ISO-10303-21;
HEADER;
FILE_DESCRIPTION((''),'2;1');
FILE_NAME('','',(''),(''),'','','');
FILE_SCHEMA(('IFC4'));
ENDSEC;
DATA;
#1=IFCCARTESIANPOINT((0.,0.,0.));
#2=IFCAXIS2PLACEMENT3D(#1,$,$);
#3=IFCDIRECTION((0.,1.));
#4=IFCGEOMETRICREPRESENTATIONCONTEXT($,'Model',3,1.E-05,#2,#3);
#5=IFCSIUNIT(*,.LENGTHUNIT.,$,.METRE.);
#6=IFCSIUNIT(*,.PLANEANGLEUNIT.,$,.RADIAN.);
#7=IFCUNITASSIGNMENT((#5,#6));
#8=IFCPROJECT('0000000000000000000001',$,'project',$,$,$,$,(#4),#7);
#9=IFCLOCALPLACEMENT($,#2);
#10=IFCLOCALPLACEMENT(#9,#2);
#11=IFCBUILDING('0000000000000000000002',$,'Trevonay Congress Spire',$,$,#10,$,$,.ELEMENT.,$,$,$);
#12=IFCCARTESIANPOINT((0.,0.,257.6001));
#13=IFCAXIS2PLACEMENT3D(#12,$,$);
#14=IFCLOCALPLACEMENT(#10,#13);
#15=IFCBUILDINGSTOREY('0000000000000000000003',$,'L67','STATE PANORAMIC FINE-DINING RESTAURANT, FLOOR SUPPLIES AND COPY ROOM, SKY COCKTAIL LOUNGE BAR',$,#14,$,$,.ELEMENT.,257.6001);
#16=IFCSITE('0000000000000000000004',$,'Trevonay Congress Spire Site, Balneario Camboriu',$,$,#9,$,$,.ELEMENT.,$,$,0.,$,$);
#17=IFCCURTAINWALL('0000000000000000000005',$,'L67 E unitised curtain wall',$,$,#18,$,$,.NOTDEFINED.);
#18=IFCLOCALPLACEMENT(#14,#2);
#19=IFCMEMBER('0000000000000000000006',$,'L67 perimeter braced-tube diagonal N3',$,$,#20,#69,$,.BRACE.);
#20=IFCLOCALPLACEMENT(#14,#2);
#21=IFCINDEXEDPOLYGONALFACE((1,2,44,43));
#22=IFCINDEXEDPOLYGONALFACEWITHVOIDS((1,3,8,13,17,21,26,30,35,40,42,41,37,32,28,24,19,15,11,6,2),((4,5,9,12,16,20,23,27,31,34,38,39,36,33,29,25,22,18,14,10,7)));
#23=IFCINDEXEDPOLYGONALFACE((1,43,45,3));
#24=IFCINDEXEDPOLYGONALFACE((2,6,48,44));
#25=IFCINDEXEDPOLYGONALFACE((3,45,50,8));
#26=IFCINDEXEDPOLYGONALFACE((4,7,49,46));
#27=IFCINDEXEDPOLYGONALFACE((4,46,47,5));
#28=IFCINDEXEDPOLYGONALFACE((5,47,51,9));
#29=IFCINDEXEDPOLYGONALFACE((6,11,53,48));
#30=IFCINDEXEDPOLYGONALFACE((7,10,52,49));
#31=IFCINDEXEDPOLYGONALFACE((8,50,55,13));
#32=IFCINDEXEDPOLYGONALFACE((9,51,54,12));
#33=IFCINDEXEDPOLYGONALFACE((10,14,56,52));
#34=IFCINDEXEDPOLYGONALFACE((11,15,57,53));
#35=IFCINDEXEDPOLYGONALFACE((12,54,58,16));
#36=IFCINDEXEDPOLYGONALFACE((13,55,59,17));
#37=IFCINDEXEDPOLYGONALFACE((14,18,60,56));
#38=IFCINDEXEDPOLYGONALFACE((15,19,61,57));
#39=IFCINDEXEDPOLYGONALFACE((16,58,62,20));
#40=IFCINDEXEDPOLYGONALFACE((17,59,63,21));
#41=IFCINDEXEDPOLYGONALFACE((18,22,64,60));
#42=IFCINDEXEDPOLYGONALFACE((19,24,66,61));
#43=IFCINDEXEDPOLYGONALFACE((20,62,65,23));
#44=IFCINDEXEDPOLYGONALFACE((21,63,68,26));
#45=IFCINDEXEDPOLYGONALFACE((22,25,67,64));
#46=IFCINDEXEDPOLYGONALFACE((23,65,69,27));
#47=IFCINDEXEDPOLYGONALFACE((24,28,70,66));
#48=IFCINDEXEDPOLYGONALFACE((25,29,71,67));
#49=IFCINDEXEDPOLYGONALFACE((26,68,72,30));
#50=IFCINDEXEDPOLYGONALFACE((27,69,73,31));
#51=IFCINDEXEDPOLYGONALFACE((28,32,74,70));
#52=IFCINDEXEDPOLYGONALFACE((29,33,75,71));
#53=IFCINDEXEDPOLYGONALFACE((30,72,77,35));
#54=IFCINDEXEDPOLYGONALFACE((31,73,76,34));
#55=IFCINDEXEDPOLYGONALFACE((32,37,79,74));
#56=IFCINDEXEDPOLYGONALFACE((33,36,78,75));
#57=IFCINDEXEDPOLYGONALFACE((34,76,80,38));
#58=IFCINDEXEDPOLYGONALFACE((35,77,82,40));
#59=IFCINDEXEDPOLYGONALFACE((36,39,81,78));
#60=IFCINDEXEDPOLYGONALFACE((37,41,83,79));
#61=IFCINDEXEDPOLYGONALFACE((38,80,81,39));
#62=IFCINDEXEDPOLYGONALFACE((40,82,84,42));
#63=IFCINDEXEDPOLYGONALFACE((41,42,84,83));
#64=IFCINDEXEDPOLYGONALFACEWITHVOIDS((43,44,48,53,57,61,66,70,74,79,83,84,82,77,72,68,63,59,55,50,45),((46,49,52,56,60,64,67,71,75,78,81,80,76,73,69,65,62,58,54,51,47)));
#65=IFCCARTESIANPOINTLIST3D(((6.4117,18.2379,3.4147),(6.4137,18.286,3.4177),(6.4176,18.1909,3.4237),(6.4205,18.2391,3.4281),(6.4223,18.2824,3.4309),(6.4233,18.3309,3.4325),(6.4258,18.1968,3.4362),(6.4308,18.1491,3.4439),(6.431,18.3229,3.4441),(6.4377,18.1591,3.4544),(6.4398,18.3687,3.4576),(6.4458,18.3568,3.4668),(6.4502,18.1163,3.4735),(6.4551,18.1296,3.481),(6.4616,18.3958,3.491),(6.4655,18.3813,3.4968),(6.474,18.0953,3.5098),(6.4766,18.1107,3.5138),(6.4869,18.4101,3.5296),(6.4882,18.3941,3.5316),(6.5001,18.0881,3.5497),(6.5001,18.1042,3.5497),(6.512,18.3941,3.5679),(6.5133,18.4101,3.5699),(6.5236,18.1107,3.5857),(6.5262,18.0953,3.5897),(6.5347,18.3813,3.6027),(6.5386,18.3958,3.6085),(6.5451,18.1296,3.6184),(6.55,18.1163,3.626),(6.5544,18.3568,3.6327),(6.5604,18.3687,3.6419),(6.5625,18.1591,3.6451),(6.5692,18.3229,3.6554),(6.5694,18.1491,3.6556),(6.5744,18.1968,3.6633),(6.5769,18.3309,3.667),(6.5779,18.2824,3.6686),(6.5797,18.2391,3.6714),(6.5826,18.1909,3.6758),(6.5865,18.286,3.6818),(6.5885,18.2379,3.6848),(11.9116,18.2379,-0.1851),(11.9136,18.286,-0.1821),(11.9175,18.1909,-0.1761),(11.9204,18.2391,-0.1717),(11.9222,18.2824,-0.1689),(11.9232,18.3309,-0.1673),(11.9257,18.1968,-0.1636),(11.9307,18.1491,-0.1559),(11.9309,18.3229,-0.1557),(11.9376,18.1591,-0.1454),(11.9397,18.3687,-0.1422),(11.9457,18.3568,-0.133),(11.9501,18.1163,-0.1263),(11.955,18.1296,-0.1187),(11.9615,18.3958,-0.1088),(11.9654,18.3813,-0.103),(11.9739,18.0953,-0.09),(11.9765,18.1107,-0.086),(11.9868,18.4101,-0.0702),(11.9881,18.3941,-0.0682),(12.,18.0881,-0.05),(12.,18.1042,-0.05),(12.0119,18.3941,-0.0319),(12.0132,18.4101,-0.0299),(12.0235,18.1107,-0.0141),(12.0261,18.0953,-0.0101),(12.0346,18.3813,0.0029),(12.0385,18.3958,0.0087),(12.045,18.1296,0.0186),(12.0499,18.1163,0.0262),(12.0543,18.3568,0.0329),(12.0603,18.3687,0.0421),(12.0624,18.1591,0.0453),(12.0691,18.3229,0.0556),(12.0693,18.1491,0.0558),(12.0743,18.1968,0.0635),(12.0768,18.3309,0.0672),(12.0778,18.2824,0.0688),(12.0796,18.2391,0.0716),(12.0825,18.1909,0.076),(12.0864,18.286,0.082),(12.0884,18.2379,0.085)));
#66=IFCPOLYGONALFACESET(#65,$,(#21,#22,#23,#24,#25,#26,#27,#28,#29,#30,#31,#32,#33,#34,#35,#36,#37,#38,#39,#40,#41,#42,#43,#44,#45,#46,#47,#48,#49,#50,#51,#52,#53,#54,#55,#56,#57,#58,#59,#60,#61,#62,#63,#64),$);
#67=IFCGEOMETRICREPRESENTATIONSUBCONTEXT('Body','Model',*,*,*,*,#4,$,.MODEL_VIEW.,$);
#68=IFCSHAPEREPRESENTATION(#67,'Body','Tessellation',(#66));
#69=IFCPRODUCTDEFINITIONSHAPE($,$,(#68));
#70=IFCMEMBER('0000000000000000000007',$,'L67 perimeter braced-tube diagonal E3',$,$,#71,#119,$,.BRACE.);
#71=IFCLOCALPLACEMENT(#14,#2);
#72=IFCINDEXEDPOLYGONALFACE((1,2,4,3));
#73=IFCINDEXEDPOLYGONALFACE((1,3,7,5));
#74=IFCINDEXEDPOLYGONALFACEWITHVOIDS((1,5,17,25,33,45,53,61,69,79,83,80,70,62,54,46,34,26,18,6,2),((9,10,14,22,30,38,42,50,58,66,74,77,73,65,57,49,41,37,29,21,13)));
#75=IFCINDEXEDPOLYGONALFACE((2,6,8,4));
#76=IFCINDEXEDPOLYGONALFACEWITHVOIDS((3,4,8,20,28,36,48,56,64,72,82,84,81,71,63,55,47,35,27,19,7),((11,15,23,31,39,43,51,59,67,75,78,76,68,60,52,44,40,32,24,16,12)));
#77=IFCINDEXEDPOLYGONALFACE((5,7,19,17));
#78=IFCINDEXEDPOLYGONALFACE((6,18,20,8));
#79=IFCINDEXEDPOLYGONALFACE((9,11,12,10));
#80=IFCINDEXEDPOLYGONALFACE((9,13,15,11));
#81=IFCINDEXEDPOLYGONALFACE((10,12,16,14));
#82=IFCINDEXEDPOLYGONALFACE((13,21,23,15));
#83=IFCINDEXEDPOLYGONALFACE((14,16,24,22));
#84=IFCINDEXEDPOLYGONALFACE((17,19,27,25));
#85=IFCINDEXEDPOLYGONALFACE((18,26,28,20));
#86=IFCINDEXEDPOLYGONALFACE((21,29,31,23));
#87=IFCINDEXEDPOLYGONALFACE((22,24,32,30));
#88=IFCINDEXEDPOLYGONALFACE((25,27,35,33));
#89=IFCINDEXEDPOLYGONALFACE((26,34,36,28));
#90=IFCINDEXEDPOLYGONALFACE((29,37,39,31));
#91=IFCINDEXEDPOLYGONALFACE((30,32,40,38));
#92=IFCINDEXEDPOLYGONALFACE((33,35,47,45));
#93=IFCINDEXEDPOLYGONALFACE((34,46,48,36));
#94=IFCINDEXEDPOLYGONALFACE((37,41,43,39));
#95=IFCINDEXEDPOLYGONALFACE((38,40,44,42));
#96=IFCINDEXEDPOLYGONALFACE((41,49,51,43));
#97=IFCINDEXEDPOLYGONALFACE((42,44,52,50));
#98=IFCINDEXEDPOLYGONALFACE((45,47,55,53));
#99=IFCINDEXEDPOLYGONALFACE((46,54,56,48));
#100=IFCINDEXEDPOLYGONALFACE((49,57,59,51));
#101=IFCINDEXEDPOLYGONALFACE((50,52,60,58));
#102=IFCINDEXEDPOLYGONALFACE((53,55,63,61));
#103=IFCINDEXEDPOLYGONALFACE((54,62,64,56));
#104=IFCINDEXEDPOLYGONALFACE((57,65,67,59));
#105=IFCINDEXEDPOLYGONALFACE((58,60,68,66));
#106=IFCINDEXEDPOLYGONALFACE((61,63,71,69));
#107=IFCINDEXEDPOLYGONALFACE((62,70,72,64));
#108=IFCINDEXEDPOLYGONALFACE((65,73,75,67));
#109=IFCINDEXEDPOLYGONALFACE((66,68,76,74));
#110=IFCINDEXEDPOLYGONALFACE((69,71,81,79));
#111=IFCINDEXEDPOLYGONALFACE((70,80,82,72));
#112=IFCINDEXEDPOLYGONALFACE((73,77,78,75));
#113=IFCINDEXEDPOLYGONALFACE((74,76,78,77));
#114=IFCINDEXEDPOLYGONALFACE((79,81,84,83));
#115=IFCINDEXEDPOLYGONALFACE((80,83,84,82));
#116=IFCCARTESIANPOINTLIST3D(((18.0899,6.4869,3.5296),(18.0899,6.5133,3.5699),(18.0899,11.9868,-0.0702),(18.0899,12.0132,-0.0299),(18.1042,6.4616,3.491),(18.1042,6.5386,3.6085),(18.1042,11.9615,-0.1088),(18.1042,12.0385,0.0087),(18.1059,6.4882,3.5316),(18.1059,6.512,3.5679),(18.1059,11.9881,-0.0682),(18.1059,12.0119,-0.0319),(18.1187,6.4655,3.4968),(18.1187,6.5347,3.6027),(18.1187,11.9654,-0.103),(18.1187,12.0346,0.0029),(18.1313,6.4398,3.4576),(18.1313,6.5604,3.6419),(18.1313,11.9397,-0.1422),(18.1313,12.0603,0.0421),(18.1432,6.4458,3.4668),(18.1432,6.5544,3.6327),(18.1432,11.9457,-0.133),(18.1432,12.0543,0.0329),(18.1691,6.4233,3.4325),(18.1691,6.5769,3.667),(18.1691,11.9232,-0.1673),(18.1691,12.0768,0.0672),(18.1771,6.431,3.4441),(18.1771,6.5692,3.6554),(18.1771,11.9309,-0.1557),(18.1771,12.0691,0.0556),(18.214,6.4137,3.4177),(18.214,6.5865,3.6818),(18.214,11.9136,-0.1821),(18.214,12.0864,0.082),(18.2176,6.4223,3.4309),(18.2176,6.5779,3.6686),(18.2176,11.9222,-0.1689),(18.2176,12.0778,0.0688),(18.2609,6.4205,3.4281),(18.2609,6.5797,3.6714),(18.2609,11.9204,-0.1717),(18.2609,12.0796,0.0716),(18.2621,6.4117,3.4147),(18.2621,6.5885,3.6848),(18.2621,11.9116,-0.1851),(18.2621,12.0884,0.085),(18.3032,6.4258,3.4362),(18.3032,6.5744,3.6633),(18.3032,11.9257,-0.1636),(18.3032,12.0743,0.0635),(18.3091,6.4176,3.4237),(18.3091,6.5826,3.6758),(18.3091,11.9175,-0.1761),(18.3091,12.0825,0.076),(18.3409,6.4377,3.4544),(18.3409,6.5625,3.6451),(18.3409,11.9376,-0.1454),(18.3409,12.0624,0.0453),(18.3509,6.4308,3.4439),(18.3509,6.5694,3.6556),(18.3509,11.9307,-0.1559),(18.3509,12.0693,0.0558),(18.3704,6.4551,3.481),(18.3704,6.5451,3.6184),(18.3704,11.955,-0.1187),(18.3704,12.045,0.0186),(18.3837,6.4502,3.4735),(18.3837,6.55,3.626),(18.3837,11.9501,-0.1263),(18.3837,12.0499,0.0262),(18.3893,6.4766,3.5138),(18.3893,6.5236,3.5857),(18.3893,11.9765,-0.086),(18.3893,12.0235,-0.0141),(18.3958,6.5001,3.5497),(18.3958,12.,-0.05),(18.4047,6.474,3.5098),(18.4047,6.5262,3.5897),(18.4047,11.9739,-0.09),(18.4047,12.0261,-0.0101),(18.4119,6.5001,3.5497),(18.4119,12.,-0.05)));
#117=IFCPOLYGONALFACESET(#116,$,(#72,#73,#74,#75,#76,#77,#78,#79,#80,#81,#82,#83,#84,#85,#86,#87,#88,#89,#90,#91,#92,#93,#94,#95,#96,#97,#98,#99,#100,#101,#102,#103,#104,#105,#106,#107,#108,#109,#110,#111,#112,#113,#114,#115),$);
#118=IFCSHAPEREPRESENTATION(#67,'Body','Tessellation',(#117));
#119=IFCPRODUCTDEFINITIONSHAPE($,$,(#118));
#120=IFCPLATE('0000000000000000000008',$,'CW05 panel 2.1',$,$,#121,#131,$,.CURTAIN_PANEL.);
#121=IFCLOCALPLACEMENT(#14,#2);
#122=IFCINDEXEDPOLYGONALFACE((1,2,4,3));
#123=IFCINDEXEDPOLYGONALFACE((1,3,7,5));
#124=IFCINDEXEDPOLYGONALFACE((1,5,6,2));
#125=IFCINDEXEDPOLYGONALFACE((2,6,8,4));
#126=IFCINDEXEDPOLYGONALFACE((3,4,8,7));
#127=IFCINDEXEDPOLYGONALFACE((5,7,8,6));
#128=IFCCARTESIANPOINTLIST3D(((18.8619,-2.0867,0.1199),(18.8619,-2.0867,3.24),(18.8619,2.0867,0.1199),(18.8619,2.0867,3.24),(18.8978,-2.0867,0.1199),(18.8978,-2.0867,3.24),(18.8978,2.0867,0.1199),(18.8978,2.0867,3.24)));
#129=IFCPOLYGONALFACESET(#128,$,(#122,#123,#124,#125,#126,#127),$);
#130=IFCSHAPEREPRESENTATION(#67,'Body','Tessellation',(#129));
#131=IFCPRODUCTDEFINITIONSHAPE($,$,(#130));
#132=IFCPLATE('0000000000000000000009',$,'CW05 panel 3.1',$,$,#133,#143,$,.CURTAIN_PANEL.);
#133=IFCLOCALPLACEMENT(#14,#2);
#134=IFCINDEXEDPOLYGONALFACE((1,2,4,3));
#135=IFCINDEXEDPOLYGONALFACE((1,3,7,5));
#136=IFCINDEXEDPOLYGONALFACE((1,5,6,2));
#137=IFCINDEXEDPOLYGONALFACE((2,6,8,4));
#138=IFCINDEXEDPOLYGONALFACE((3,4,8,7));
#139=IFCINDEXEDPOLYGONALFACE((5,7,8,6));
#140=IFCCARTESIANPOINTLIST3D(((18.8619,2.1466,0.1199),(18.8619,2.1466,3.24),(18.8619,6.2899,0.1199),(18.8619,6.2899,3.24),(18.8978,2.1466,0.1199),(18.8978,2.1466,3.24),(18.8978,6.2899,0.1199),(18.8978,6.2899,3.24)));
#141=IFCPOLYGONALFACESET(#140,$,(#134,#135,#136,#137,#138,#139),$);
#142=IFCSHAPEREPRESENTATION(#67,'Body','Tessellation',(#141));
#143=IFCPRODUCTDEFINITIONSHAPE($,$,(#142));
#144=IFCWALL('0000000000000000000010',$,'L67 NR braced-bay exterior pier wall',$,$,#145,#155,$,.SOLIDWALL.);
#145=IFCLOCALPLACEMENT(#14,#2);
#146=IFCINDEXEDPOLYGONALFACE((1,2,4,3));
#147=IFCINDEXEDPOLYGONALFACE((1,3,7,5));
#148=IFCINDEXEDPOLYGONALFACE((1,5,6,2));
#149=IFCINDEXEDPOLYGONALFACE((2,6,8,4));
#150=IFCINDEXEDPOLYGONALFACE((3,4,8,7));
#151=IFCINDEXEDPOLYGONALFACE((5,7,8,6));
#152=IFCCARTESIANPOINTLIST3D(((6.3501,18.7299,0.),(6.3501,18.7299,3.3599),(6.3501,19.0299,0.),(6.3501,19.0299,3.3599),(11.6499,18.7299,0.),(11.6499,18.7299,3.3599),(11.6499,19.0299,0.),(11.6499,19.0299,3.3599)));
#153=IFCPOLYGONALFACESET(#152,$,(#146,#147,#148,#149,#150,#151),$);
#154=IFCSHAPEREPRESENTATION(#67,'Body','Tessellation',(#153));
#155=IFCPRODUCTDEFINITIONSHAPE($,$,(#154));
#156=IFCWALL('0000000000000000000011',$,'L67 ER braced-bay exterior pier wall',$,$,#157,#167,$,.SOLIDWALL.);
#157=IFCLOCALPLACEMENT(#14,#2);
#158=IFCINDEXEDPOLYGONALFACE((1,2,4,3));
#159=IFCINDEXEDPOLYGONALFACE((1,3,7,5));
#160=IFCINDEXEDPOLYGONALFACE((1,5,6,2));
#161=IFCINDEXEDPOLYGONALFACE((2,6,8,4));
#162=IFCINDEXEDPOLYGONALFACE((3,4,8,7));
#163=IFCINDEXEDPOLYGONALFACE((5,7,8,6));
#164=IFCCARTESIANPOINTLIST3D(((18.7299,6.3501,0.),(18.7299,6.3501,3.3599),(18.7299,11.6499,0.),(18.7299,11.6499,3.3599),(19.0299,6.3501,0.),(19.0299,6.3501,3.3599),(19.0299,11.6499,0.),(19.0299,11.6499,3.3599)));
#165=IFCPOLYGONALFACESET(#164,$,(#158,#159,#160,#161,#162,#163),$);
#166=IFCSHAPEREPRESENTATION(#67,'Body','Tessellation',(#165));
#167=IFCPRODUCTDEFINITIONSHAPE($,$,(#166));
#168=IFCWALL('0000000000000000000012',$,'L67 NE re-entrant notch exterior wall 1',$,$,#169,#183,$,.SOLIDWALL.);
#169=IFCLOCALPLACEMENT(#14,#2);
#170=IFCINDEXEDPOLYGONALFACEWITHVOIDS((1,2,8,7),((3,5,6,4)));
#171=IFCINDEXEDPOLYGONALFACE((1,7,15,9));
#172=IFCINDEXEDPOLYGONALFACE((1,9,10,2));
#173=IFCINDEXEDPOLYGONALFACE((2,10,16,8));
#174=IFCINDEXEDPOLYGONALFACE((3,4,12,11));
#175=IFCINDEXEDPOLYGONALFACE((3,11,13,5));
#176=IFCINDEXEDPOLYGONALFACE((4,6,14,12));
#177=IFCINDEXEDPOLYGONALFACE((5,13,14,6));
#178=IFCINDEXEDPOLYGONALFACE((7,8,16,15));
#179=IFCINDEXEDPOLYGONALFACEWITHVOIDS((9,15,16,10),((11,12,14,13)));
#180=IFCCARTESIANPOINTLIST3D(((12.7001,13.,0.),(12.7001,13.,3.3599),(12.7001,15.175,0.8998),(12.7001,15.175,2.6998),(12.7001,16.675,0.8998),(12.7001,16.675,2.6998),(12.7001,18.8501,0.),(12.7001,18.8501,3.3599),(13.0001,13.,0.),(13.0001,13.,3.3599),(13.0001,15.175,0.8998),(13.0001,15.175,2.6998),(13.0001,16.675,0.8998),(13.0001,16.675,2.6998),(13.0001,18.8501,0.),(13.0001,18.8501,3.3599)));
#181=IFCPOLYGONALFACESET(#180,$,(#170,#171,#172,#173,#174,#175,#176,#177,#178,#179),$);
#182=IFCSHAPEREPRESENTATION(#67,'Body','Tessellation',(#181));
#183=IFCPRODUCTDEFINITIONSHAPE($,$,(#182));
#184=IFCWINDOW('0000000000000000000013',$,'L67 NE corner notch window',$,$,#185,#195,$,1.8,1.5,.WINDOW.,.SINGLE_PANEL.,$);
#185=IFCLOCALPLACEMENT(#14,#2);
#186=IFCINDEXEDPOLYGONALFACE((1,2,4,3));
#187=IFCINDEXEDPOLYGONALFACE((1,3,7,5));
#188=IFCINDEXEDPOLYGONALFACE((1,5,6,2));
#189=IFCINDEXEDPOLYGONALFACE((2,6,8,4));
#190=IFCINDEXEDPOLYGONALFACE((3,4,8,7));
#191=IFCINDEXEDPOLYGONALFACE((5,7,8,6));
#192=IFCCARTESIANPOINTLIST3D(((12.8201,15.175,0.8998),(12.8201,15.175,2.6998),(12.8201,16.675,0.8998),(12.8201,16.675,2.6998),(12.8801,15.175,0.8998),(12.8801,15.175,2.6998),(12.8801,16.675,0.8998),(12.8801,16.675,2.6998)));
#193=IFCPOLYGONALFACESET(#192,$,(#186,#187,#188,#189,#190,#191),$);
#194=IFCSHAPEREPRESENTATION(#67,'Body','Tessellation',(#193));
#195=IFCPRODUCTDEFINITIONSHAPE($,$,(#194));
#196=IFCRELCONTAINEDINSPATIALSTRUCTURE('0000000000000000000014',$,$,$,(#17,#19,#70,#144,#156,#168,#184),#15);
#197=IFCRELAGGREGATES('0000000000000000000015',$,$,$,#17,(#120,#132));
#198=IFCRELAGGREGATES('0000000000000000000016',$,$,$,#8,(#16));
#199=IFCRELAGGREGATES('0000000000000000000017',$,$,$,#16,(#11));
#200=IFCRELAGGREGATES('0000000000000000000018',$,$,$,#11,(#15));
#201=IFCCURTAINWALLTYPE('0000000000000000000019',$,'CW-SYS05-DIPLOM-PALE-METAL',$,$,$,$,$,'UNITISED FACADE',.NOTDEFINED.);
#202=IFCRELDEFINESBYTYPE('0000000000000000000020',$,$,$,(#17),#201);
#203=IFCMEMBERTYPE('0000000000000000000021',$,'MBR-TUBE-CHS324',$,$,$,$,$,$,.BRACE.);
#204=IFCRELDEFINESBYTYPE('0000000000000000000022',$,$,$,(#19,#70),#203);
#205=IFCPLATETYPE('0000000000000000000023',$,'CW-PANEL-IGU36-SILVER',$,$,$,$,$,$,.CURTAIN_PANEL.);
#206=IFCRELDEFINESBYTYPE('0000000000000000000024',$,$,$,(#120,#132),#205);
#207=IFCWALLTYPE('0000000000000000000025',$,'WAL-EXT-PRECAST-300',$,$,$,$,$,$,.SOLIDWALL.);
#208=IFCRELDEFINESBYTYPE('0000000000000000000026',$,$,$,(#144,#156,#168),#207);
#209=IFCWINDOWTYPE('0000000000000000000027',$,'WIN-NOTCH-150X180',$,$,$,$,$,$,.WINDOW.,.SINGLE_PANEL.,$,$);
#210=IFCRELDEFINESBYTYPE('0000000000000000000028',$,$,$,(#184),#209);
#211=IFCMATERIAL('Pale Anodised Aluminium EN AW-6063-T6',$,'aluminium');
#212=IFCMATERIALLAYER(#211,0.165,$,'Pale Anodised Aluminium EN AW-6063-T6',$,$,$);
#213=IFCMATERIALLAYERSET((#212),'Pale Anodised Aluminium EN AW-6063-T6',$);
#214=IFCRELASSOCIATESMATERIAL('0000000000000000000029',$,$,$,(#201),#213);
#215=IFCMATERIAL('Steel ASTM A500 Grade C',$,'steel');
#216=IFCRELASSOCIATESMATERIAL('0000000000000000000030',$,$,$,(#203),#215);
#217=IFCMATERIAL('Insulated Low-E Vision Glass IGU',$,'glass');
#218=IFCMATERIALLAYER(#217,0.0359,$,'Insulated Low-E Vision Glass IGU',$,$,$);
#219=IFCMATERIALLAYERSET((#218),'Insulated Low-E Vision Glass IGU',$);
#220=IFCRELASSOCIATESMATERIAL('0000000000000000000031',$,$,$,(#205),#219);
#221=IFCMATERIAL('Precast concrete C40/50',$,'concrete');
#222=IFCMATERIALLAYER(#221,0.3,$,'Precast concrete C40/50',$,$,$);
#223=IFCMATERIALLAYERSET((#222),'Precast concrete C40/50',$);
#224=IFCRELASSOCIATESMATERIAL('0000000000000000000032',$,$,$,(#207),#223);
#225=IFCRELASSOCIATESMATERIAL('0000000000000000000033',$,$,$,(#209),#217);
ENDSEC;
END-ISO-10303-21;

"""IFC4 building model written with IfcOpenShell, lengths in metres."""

from ifc_helpers import new_model, si_unit, direction, frame, frame_2d, origin, origin_2d, place, context, subcontext, project, spatial, rectangle, hollow_circle, extrude, material, layer, layer_set, material_profile, profile_set, type_object, element, fill, aggregate, save


model = new_model("IFC4")

# Units and contexts
model_context = context("Model", 3, precision=1e-05, world=origin(), true_north=direction((0.0, 1.0)))
body_context = subcontext(model_context, "Body", "Model", "MODEL_VIEW")
ifc_project = project(units=[si_unit("LENGTHUNIT", "METRE"), si_unit("PLANEANGLEUNIT", "RADIAN")], contexts=[model_context])

# Site, building, storey
site_placement = place(None, origin())
site = spatial("IfcSite", under=ifc_project, at=site_placement, Name="Trevonay Congress Spire Site, Balneario Camboriu", CompositionType="ELEMENT", RefElevation=0.0)
building_placement = place(site_placement, origin())
building = spatial("IfcBuilding", under=site, at=building_placement, Name="Trevonay Congress Spire", CompositionType="ELEMENT")
storey_placement = place(building_placement, frame((0.0, 0.0, 257.6001)))
storey = spatial("IfcBuildingStorey", under=building, at=storey_placement, Name="L67", Description="STATE PANORAMIC FINE-DINING RESTAURANT, FLOOR SUPPLIES AND COPY ROOM, SKY COCKTAIL LOUNGE BAR", CompositionType="ELEMENT", Elevation=257.6001)

# Curtain wall
ifc_material_1 = material(Name="Pale Anodised Aluminium EN AW-6063-T6", Category="aluminium")
ifc_layer_1 = layer(ifc_material_1, 0.165, Name="Pale Anodised Aluminium EN AW-6063-T6")
ifc_layer_set_1 = layer_set([ifc_layer_1], Name="Pale Anodised Aluminium EN AW-6063-T6")
curtain_wall_type = type_object("IfcCurtainWallType", Name="CW-SYS05-DIPLOM-PALE-METAL", ElementType="UNITISED FACADE", PredefinedType="NOTDEFINED", material=ifc_layer_set_1)
curtain_wall_placement = place(storey_placement, origin())
curtain_wall = element("IfcCurtainWall", 1, at=curtain_wall_placement, inside=storey, type_object=curtain_wall_type, Name="L67 E unitised curtain wall", PredefinedType="NOTDEFINED")

# Members
ifc_material_2 = material(Name="Steel ASTM A500 Grade C", Category="steel")
ifc_material_profile_1 = material_profile(ifc_material_2, hollow_circle(Radius=0.1619, WallThickness=0.0161, at=origin_2d()), Name="CHS 323.9x16")
ifc_profile_set_1 = profile_set([ifc_material_profile_1], Name="Steel ASTM A500 Grade C")
member_type_1 = type_object("IfcMemberType", Name="MBR-TUBE-CHS324", PredefinedType="BRACE", material=ifc_profile_set_1)
for number, where, z_axis, x_axis, name in (
    (2, (12.0, 18.25, -0.05), (-0.836712, 0.0, 0.547644), (0.0, -1.0, 0.0), "L67 perimeter braced-tube diagonal N3"),
    (3, (18.25, 12.0, -0.05), (0.0, -0.836712, 0.547644), (1.0, 0.0, 0.0), "L67 perimeter braced-tube diagonal E3"),
):
    element("IfcMember", number, at=place(storey_placement, frame(where, z_axis=z_axis, x_axis=x_axis)), inside=storey, type_object=member_type_1, Name=name, PredefinedType="BRACE", context=body_context, shape_type="SweptSolid", body=[
        extrude(hollow_circle(Radius=0.1619, WallThickness=0.0161, at=origin_2d()), origin(), (0.0, 0.0, 1.0), 6.5732),
    ])

# Plates
ifc_material_3 = material(Name="Insulated Low-E Vision Glass IGU", Category="glass")
ifc_layer_2 = layer(ifc_material_3, 0.0359, Name="Insulated Low-E Vision Glass IGU")
ifc_layer_set_2 = layer_set([ifc_layer_2], Name="Insulated Low-E Vision Glass IGU")
plate_type = type_object("IfcPlateType", Name="CW-PANEL-IGU36-SILVER", PredefinedType="CURTAIN_PANEL", material=ifc_layer_set_2)
plate_1_placement = place(storey_placement, frame((18.8799, 0.0, 0.1199), z_axis=(0.0, 0.0, 1.0), x_axis=(0.0, 1.0, 0.0)))
plate_1 = element("IfcPlate", 4, at=plate_1_placement, type_object=plate_type, Name="CW05 panel 2.1", PredefinedType="CURTAIN_PANEL", context=body_context, shape_type="SweptSolid", body=[
    extrude(rectangle(XDim=4.1733, YDim=0.0359, at=origin_2d()), origin(), (0.0, 0.0, 1.0), 3.1201),
])
plate_2_placement = place(storey_placement, frame((18.8799, 4.2183, 0.1199), z_axis=(0.0, 0.0, 1.0), x_axis=(0.0, 1.0, 0.0)))
plate_2 = element("IfcPlate", 5, at=plate_2_placement, type_object=plate_type, Name="CW05 panel 3.1", PredefinedType="CURTAIN_PANEL", context=body_context, shape_type="SweptSolid", body=[
    extrude(rectangle(XDim=4.1433, YDim=0.0359, at=origin_2d()), origin(), (0.0, 0.0, 1.0), 3.1201),
])
aggregate(curtain_wall, [plate_1, plate_2])

# Walls
ifc_material_4 = material(Name="Precast concrete C40/50", Category="concrete")
ifc_layer_3 = layer(ifc_material_4, 0.3, Name="Precast concrete C40/50")
ifc_layer_set_3 = layer_set([ifc_layer_3], Name="Precast concrete C40/50")
wall_type_1 = type_object("IfcWallType", Name="WAL-EXT-PRECAST-300", PredefinedType="SOLIDWALL", material=ifc_layer_set_3)
for number, where, z_axis, x_axis, name in (
    (6, (6.3501, 18.8799, 0.0), (0.0, 0.0, 1.0), (1.0, 0.0, 0.0), "L67 NR braced-bay exterior pier wall"),
    (7, (18.8799, 6.3501, 0.0), (0.0, 0.0, 1.0), (0.0, 1.0, 0.0), "L67 ER braced-bay exterior pier wall"),
):
    element("IfcWall", number, at=place(storey_placement, frame(where, z_axis=z_axis, x_axis=x_axis)), inside=storey, type_object=wall_type_1, Name=name, PredefinedType="SOLIDWALL", context=body_context, shape_type="SweptSolid", body=[
        extrude(rectangle(XDim=5.2998, YDim=0.3, at=frame_2d((2.6499, 0.0))), origin(), (0.0, 0.0, 1.0), 3.3599),
    ])

# Wall, opening, window
wall_1_placement = place(storey_placement, frame((12.8501, 18.8501, 0.0), z_axis=(0.0, 0.0, 1.0), x_axis=(0.0, -1.0, 0.0)))
wall_1 = element("IfcWall", 8, at=wall_1_placement, inside=storey, type_object=wall_type_1, Name="L67 NE re-entrant notch exterior wall 1", PredefinedType="SOLIDWALL", context=body_context, shape_type="SweptSolid", body=[
    extrude(rectangle(XDim=5.8501, YDim=0.3, at=frame_2d((2.925, 0.0))), origin(), (0.0, 0.0, 1.0), 3.3599),
])
opening_placement = place(wall_1_placement, frame((2.175, 0.0, 0.8999)))
opening = element("IfcOpeningElement", 9, at=opening_placement, cuts=wall_1, PredefinedType="OPENING", context=body_context, shape_type="SweptSolid", body=[
    extrude(rectangle(XDim=1.5, YDim=1.8, at=frame_2d((0.75, 0.8999))), frame((0.0, 0.1602, 0.0), z_axis=(0.0, -1.0, 0.0), x_axis=(1.0, 0.0, 0.0)), (0.0, 0.0, 1.0), 0.3201),
])
window_type = type_object("IfcWindowType", Name="WIN-NOTCH-150X180", PartitioningType="SINGLE_PANEL", PredefinedType="WINDOW", material=ifc_material_3)
window_placement = place(opening_placement, origin())
window = element("IfcWindow", 10, at=window_placement, inside=storey, type_object=window_type, Name="L67 NE corner notch window", OverallHeight=1.8, OverallWidth=1.5, PartitioningType="SINGLE_PANEL", PredefinedType="WINDOW", context=body_context, shape_type="SweptSolid", body=[
    extrude(rectangle(XDim=1.5, YDim=1.8, at=frame_2d((0.75, 0.8999))), frame((0.0, 0.03, 0.0), z_axis=(0.0, -1.0, 0.0), x_axis=(1.0, 0.0, 0.0)), (0.0, 0.0, 1.0), 0.0601),
])
fill(opening, window)

save(model, "model.ifc")
